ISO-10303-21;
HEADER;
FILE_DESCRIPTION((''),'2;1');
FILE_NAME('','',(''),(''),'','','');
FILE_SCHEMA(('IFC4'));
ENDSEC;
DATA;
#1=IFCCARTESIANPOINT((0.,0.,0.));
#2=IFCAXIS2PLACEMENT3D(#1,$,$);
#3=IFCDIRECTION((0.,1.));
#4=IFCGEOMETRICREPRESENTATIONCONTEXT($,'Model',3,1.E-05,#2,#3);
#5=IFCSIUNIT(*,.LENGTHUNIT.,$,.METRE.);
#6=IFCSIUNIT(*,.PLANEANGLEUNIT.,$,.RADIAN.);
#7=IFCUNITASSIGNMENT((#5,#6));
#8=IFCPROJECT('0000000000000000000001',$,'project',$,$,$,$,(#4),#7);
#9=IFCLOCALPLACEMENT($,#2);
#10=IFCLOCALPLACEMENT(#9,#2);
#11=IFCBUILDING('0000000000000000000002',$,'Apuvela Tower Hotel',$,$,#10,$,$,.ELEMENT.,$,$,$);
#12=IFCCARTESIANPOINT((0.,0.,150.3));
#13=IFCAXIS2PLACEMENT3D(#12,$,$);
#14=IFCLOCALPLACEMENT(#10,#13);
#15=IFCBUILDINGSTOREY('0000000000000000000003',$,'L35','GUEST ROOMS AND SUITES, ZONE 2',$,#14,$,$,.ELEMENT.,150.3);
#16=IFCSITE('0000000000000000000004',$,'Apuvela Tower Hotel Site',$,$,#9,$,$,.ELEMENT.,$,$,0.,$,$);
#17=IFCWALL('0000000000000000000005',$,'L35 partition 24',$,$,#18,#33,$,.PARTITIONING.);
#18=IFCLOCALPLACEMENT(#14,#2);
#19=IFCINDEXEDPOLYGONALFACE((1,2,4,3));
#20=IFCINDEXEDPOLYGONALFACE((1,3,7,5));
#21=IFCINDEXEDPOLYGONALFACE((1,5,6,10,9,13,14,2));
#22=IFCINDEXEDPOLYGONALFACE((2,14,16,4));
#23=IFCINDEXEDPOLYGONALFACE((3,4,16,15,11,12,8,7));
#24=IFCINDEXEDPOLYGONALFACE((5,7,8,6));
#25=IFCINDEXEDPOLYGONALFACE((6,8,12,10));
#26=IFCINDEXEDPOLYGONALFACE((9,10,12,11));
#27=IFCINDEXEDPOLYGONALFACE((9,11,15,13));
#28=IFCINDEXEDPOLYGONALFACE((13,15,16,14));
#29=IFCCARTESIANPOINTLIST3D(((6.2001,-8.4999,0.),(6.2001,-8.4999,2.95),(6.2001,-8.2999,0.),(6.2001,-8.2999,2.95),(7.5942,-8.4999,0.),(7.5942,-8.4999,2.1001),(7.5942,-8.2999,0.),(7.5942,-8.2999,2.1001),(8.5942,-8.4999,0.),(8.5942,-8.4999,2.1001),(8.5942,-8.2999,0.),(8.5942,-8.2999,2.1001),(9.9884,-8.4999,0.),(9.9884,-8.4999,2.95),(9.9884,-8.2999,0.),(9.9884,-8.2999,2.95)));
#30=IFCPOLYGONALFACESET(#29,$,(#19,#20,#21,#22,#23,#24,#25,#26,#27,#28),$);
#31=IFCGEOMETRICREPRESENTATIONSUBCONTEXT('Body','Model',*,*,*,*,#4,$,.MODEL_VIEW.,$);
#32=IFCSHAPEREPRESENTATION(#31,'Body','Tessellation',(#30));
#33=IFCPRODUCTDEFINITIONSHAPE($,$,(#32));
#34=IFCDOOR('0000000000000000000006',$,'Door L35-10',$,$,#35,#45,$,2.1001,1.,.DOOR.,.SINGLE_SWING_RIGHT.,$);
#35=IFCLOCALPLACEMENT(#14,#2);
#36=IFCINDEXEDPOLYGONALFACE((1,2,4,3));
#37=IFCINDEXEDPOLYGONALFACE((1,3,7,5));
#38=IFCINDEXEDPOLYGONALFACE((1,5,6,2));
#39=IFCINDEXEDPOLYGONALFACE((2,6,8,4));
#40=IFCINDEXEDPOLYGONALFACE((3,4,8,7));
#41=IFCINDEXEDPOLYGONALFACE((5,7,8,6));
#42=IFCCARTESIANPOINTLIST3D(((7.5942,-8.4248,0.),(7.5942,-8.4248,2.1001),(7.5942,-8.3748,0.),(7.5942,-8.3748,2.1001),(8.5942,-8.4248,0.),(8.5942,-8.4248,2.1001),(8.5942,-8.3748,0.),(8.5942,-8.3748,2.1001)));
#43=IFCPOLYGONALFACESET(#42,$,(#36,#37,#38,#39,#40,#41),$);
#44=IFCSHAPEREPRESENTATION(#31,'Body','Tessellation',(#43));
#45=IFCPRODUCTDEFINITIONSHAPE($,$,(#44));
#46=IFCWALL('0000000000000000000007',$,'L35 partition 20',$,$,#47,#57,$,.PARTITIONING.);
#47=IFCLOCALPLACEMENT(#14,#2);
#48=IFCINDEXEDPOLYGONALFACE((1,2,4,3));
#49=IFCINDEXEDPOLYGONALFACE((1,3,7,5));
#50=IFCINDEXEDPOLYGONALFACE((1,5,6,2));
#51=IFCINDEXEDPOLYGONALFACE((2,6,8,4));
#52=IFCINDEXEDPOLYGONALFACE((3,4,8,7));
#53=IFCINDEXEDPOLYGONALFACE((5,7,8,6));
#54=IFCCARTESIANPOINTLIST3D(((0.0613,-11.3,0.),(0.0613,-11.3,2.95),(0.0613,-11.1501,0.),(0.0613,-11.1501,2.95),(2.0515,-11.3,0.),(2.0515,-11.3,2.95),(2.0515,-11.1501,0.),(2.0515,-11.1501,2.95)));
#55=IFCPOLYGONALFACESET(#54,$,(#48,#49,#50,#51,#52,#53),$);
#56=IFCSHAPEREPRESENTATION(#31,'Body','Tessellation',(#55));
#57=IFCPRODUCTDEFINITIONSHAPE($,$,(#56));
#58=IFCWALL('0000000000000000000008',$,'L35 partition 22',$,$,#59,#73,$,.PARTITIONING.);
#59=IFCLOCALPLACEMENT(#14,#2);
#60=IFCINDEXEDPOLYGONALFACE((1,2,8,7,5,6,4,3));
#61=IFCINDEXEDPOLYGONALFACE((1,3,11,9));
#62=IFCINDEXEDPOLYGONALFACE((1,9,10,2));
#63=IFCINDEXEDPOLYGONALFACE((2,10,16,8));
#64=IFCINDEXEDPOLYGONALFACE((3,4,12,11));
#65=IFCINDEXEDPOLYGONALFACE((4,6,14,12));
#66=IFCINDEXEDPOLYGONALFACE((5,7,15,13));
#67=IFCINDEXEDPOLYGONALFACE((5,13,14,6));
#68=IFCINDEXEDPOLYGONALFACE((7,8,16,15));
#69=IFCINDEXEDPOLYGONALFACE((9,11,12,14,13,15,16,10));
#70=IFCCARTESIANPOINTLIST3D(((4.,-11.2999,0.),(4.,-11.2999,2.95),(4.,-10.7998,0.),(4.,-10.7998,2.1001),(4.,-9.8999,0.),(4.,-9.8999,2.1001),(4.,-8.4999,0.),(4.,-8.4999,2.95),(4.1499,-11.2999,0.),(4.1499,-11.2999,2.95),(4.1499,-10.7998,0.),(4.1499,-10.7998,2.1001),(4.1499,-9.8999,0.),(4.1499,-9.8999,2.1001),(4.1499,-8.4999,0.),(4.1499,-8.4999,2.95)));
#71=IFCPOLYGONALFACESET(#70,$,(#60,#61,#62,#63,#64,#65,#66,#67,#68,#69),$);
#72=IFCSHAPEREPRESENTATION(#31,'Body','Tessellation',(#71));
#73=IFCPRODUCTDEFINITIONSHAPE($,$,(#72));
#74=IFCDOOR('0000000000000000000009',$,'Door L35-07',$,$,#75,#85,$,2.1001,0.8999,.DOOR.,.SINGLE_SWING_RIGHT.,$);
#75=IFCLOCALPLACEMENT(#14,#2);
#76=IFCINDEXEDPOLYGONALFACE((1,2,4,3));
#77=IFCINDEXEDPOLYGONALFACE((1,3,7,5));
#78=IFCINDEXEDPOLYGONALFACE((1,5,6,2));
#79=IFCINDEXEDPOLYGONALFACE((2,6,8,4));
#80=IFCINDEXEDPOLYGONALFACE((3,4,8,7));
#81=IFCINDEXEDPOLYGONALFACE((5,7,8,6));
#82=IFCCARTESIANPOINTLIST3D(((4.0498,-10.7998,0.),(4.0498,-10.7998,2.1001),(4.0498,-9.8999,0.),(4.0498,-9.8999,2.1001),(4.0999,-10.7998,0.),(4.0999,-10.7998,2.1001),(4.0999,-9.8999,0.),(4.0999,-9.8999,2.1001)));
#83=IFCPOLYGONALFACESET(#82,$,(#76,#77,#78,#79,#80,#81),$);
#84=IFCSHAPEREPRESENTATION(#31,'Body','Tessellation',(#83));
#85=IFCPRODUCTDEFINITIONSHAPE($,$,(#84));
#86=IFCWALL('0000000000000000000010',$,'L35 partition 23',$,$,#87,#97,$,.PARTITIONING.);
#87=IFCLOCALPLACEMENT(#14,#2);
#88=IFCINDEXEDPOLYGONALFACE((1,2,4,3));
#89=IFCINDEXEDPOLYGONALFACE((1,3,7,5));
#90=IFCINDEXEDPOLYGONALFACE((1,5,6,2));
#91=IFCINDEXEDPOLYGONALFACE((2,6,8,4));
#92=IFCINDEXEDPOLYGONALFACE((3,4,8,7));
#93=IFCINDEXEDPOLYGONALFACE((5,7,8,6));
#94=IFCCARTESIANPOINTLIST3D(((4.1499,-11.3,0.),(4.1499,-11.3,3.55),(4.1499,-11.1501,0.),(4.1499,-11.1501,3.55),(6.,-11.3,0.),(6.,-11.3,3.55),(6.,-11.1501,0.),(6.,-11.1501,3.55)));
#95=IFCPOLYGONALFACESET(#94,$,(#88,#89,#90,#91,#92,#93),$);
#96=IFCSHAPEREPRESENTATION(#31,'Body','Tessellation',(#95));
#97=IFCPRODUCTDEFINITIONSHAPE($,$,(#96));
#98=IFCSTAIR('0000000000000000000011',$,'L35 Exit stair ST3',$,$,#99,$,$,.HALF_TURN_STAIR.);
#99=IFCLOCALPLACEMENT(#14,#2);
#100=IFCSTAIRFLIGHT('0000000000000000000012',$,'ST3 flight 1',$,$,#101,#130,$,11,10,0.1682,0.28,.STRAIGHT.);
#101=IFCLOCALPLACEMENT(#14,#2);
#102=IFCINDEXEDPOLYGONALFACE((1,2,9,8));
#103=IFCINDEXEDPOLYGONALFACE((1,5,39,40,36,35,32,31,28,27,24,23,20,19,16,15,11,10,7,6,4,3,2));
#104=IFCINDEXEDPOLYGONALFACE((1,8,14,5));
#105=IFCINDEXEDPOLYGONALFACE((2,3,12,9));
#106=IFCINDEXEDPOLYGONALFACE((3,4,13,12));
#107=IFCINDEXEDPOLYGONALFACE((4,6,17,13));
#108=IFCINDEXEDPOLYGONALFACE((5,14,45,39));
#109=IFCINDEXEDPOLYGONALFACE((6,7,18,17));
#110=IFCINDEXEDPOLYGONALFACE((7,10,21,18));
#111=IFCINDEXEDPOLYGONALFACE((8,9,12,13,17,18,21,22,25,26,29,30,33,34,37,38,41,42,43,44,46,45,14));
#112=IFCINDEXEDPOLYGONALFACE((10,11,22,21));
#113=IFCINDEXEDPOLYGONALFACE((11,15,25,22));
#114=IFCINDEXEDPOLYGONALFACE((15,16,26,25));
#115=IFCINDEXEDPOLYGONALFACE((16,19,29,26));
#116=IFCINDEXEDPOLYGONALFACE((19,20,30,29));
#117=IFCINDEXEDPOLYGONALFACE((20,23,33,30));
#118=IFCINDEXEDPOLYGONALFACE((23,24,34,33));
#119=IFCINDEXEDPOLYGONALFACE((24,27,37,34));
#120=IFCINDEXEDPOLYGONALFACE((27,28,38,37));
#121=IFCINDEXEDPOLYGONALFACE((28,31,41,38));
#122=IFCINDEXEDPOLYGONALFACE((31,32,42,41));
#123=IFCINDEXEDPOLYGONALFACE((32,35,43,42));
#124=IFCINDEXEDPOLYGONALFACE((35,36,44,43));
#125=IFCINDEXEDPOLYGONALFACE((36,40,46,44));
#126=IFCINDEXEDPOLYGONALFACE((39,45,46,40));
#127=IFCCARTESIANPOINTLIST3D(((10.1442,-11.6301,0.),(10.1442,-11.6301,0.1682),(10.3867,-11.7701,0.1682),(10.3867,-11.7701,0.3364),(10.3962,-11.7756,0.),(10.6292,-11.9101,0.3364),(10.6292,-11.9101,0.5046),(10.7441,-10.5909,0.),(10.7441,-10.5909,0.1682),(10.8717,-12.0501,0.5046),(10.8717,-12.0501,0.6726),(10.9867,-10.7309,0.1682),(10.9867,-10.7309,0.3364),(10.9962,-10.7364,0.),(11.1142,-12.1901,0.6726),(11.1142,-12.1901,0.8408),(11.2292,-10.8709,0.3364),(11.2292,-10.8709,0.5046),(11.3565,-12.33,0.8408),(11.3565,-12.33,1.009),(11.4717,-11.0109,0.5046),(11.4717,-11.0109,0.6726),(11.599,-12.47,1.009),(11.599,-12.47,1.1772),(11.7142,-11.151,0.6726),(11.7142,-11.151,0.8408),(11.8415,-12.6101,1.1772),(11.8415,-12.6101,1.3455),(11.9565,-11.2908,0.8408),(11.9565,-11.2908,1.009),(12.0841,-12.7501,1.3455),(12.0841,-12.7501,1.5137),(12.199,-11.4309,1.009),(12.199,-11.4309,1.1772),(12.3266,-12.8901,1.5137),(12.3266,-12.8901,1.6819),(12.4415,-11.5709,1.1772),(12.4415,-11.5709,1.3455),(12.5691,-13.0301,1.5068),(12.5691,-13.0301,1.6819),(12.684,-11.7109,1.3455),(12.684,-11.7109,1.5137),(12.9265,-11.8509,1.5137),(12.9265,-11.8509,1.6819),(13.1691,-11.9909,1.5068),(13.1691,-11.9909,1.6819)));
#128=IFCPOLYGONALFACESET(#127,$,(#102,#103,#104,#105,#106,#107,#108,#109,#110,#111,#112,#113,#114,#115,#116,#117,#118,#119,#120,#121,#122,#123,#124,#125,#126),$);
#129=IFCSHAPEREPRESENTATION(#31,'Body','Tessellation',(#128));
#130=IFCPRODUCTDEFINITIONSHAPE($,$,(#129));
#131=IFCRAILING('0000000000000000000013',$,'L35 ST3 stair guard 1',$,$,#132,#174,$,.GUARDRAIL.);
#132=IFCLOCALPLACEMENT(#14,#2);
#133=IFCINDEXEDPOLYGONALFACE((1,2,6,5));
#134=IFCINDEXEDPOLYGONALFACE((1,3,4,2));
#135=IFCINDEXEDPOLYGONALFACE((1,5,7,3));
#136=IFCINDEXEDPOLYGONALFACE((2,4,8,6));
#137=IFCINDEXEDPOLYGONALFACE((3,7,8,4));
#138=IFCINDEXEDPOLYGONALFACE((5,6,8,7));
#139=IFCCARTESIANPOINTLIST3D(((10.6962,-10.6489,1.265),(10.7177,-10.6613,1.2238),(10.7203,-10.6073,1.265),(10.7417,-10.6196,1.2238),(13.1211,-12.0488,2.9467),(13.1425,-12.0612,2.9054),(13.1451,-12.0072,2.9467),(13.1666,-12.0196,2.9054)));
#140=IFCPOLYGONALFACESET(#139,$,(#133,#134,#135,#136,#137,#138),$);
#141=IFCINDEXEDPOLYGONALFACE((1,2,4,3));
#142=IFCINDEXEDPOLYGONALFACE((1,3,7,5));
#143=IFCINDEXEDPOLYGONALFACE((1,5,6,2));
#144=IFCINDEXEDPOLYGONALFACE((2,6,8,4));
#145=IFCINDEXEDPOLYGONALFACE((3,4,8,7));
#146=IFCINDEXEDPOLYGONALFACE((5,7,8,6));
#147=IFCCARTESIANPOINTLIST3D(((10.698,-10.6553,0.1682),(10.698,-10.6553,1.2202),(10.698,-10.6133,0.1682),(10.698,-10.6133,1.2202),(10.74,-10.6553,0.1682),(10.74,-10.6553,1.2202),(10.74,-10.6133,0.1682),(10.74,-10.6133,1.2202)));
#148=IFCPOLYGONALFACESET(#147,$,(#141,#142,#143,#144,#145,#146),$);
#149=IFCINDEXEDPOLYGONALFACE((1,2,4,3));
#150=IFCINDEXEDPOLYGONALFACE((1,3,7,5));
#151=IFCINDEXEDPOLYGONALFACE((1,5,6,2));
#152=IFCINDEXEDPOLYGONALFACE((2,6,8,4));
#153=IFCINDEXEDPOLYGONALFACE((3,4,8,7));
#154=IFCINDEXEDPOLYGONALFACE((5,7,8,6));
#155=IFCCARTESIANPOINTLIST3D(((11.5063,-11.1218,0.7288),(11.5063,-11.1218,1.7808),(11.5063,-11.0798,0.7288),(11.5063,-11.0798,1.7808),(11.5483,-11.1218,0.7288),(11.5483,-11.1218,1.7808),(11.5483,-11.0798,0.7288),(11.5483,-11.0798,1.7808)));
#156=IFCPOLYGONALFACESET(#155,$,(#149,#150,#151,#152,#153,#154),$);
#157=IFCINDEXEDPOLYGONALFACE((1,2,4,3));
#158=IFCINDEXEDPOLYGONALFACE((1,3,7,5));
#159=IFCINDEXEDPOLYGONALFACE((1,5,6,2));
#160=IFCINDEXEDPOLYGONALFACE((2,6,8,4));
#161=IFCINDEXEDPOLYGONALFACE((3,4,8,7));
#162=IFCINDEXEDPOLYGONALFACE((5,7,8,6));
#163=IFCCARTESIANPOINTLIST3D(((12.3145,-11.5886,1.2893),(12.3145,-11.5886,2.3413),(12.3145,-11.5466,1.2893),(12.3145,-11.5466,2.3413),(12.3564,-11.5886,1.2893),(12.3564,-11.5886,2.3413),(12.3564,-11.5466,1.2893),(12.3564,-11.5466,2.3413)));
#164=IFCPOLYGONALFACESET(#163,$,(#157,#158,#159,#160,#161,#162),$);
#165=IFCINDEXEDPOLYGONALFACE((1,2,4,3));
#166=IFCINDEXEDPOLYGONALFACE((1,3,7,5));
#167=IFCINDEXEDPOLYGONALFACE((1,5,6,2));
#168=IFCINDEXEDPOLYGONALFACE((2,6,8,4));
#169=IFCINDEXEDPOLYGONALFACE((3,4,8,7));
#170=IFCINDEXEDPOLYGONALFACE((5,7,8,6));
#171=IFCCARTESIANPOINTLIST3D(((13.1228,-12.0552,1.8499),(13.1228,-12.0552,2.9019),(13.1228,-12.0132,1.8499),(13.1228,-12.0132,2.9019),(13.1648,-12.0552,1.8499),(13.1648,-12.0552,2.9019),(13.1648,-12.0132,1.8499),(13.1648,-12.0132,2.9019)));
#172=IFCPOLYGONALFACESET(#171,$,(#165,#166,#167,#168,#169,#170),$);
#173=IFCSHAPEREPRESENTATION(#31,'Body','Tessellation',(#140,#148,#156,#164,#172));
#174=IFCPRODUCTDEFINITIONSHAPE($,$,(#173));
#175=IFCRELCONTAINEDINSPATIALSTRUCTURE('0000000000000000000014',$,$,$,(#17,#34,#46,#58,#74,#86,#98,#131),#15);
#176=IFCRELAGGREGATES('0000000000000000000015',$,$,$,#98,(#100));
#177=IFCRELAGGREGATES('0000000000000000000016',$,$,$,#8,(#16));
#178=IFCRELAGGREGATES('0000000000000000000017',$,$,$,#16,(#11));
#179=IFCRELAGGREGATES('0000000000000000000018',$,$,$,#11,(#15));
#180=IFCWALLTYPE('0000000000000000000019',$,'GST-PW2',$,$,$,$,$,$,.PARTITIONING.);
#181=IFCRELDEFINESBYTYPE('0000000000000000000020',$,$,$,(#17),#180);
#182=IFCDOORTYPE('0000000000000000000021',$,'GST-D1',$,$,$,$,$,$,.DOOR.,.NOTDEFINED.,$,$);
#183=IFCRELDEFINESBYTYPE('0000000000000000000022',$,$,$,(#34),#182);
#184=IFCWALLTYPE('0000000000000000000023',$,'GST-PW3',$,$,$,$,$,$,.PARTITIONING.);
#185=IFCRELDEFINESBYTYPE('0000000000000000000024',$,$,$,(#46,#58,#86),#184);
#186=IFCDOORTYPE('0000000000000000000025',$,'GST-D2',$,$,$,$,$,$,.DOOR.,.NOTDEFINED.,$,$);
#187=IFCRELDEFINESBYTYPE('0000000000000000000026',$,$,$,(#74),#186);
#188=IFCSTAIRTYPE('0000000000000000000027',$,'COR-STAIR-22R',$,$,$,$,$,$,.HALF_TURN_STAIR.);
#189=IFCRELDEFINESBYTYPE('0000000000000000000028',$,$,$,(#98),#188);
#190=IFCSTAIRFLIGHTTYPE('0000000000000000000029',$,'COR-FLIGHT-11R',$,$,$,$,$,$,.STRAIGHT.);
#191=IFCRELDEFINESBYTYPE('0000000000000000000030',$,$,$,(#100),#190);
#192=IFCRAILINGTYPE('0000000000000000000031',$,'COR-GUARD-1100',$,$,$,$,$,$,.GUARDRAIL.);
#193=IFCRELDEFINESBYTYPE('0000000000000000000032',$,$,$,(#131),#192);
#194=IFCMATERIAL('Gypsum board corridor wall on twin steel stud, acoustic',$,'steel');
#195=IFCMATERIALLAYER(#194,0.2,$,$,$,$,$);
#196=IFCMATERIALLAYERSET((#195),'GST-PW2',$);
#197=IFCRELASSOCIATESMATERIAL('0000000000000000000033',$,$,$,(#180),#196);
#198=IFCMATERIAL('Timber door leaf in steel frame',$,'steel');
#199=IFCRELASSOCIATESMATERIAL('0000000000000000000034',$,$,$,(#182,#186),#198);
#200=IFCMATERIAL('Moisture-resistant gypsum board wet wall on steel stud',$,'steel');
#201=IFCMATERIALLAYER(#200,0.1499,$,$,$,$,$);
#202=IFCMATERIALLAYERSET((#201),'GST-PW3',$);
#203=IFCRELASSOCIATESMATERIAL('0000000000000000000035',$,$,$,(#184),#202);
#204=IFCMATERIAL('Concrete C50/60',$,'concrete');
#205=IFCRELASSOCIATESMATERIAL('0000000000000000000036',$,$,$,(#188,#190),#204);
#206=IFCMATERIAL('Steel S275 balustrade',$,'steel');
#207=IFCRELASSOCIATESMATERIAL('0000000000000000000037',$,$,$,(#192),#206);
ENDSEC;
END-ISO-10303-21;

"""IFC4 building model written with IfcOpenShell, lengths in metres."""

from ifc_helpers import new_model, si_unit, direction, frame, frame_2d, origin, origin_2d, place, context, subcontext, project, spatial, polyline, rectangle, outline, extrude, material, layer, layer_set, type_object, element, fill, aggregate, save


model = new_model("IFC4")

# Units and contexts
model_context = context("Model", 3, precision=1e-05, world=origin(), true_north=direction((0.0, 1.0)))
body_context = subcontext(model_context, "Body", "Model", "MODEL_VIEW")
ifc_project = project(units=[si_unit("LENGTHUNIT", "METRE"), si_unit("PLANEANGLEUNIT", "RADIAN")], contexts=[model_context])

# Site, building, storey
site_placement = place(None, origin())
site = spatial("IfcSite", under=ifc_project, at=site_placement, Name="Apuvela Tower Hotel Site", CompositionType="ELEMENT", RefElevation=0.0)
building_placement = place(site_placement, origin())
building = spatial("IfcBuilding", under=site, at=building_placement, Name="Apuvela Tower Hotel", CompositionType="ELEMENT")
storey_placement = place(building_placement, frame((0.0, 0.0, 150.3)))
storey = spatial("IfcBuildingStorey", under=building, at=storey_placement, Name="L35", Description="GUEST ROOMS AND SUITES, ZONE 2", CompositionType="ELEMENT", Elevation=150.3)

# Shared definitions
ifc_material_1 = material(Name="Concrete C50/60", Category="concrete")

# Wall, opening, door
ifc_material_2 = material(Name="Gypsum board corridor wall on twin steel stud, acoustic", Category="steel")
ifc_layer_1 = layer(ifc_material_2, 0.2)
ifc_layer_set_1 = layer_set([ifc_layer_1], Name="GST-PW2")
wall_type_1 = type_object("IfcWallType", Name="GST-PW2", PredefinedType="PARTITIONING", material=ifc_layer_set_1)
ifc_material_3 = material(Name="Timber door leaf in steel frame", Category="steel")
door_type_1 = type_object("IfcDoorType", Name="GST-D1", OperationType="NOTDEFINED", PredefinedType="DOOR", material=ifc_material_3)
wall_1_placement = place(storey_placement, frame((9.9883, -8.3999, 0.0), z_axis=(0.0, 0.0, 1.0), x_axis=(-1.0, 0.0, 0.0)))
wall_1 = element("IfcWall", 1, at=wall_1_placement, inside=storey, type_object=wall_type_1, Name="L35 partition 24", PredefinedType="PARTITIONING", context=body_context, shape_type="SweptSolid", body=[
    extrude(rectangle(XDim=3.7883, YDim=0.2, at=frame_2d((1.894, 0.0))), origin(), (0.0, 0.0, 1.0), 2.95),
])
opening_1_placement = place(wall_1_placement, frame((1.394, 0.0, 0.0)))
opening_1 = element("IfcOpeningElement", 2, at=opening_1_placement, cuts=wall_1, PredefinedType="OPENING", context=body_context, shape_type="SweptSolid", body=[
    extrude(rectangle(XDim=1.0, YDim=2.1001, at=frame_2d((0.5, 1.05))), frame((0.0, 0.1099, 0.0), z_axis=(0.0, -1.0, 0.0), x_axis=(1.0, 0.0, 0.0)), (0.0, 0.0, 1.0), 0.22),
])
door_1_placement = place(opening_1_placement, origin())
door_1 = element("IfcDoor", 3, at=door_1_placement, inside=storey, type_object=door_type_1, Name="Door L35-10", OperationType="SINGLE_SWING_RIGHT", OverallHeight=2.1001, OverallWidth=1.0, PredefinedType="DOOR", context=body_context, shape_type="SweptSolid", body=[
    extrude(rectangle(XDim=1.0, YDim=2.1001, at=frame_2d((0.5, 1.05))), frame((0.0, 0.0249, 0.0), z_axis=(0.0, -1.0, 0.0), x_axis=(1.0, 0.0, 0.0)), (0.0, 0.0, 1.0), 0.05),
])
fill(opening_1, door_1)

# Wall
ifc_material_4 = material(Name="Moisture-resistant gypsum board wet wall on steel stud", Category="steel")
ifc_layer_2 = layer(ifc_material_4, 0.1499)
ifc_layer_set_2 = layer_set([ifc_layer_2], Name="GST-PW3")
wall_type_2 = type_object("IfcWallType", Name="GST-PW3", PredefinedType="PARTITIONING", material=ifc_layer_set_2)
wall_2_placement = place(storey_placement, frame((0.0613, -11.2251, 0.0), z_axis=(0.0, 0.0, 1.0), x_axis=(1.0, 0.0, 0.0)))
element("IfcWall", 4, at=wall_2_placement, inside=storey, type_object=wall_type_2, Name="L35 partition 20", PredefinedType="PARTITIONING", context=body_context, shape_type="SweptSolid", body=[
    extrude(rectangle(XDim=1.9902, YDim=0.1499, at=frame_2d((0.9951, 0.0))), origin(), (0.0, 0.0, 1.0), 2.95),
])

# Wall, opening, door
wall_3_placement = place(storey_placement, frame((4.075, -8.5, 0.0), z_axis=(0.0, 0.0, 1.0), x_axis=(0.0, -1.0, 0.0)))
wall_3 = element("IfcWall", 5, at=wall_3_placement, inside=storey, type_object=wall_type_2, Name="L35 partition 22", PredefinedType="PARTITIONING", context=body_context, shape_type="SweptSolid", body=[
    extrude(rectangle(XDim=2.8, YDim=0.1499, at=frame_2d((1.3999, 0.0))), origin(), (0.0, 0.0, 1.0), 2.95),
])
opening_2_placement = place(wall_3_placement, frame((1.3999, 0.0, 0.0)))
opening_2 = element("IfcOpeningElement", 6, at=opening_2_placement, cuts=wall_3, PredefinedType="OPENING", context=body_context, shape_type="SweptSolid", body=[
    extrude(rectangle(XDim=0.8999, YDim=2.1001, at=frame_2d((0.45, 1.05))), frame((0.0, 0.085, 0.0), z_axis=(0.0, -1.0, 0.0), x_axis=(1.0, 0.0, 0.0)), (0.0, 0.0, 1.0), 0.1699),
])
door_type_2 = type_object("IfcDoorType", Name="GST-D2", OperationType="NOTDEFINED", PredefinedType="DOOR", material=ifc_material_3)
door_2_placement = place(opening_2_placement, origin())
door_2 = element("IfcDoor", 7, at=door_2_placement, inside=storey, type_object=door_type_2, Name="Door L35-07", OperationType="SINGLE_SWING_RIGHT", OverallHeight=2.1001, OverallWidth=0.8999, PredefinedType="DOOR", context=body_context, shape_type="SweptSolid", body=[
    extrude(rectangle(XDim=0.8999, YDim=2.1001, at=frame_2d((0.45, 1.05))), frame((0.0, 0.0249, 0.0), z_axis=(0.0, -1.0, 0.0), x_axis=(1.0, 0.0, 0.0)), (0.0, 0.0, 1.0), 0.05),
])
fill(opening_2, door_2)

# Wall
wall_4_placement = place(storey_placement, frame((4.1499, -11.2251, 0.0), z_axis=(0.0, 0.0, 1.0), x_axis=(1.0, 0.0, 0.0)))
element("IfcWall", 8, at=wall_4_placement, inside=storey, type_object=wall_type_2, Name="L35 partition 23", PredefinedType="PARTITIONING", context=body_context, shape_type="SweptSolid", body=[
    extrude(rectangle(XDim=1.8501, YDim=0.1499, at=frame_2d((0.925, 0.0))), origin(), (0.0, 0.0, 1.0), 3.55),
])

# Stair, stair flight
stair_type = type_object("IfcStairType", Name="COR-STAIR-22R", PredefinedType="HALF_TURN_STAIR", material=ifc_material_1)
stair_placement = place(storey_placement, origin())
stair = element("IfcStair", 9, at=stair_placement, inside=storey, type_object=stair_type, Name="L35 Exit stair ST3", PredefinedType="HALF_TURN_STAIR")
stair_flight_type = type_object("IfcStairFlightType", Name="COR-FLIGHT-11R", PredefinedType="STRAIGHT", material=ifc_material_1)
stair_flight_placement = place(storey_placement, frame((10.4441, -11.1106, 0.0), z_axis=(0.0, 0.0, 1.0), x_axis=(0.866025, -0.5, 0.0)))
stair_flight = element("IfcStairFlight", 10, at=stair_flight_placement, type_object=stair_flight_type, Name="ST3 flight 1", NumberOfRisers=11, NumberOfTreads=10, PredefinedType="STRAIGHT", RiserHeight=0.1682, TreadLength=0.28, context=body_context, shape_type="SweptSolid", body=[
    extrude(outline(polyline([(0.0, 0.0), (0.0, 0.1682), (0.28, 0.1682), (0.28, 0.3364), (0.5601, 0.3364), (0.5601, 0.5046), (0.8401, 0.5046), (0.8401, 0.6726), (1.1201, 0.6726), (1.1201, 0.8408), (1.3999, 0.8408), (1.3999, 1.009), (1.6799, 1.009), (1.6799, 1.1772), (1.96, 1.1772), (1.96, 1.3455), (2.24, 1.3455), (2.24, 1.5137), (2.52, 1.5137), (2.52, 1.6819), (2.8, 1.6819), (2.8, 1.8501), (2.8, 1.5068), (0.291, 0.0), (0.0, 0.0)])), frame((0.0, 0.6001, 0.0), z_axis=(0.0, -1.0, 0.0), x_axis=(1.0, 0.0, 0.0)), (0.0, 0.0, 1.0), 1.2),
])
aggregate(stair, [stair_flight])

# Railing
ifc_material_5 = material(Name="Steel S275 balustrade", Category="steel")
railing_type_1 = type_object("IfcRailingType", Name="COR-GUARD-1100", PredefinedType="GUARDRAIL", material=ifc_material_5)
railing_1_placement = place(storey_placement, frame((10.719, -10.6343, 0.1682)))
element("IfcRailing", 11, at=railing_1_placement, inside=storey, type_object=railing_type_1, Name="L35 ST3 stair guard 1", PredefinedType="GUARDRAIL", context=body_context, shape_type="SweptSolid", body=[
    extrude(rectangle(XDim=0.0481, YDim=0.0481, at=origin_2d()), frame((0.0, 0.0, 1.0762), z_axis=(0.742419, -0.428618, 0.514879), x_axis=(0.499984, 0.866035, 0.0)), (0.0, 0.0, 1.0), 3.2661),
    extrude(rectangle(XDim=0.042, YDim=0.042, at=origin_2d()), origin(), (0.0, 0.0, 1.0), 1.052),
    extrude(rectangle(XDim=0.042, YDim=0.042, at=origin_2d()), frame((0.8083, -0.4666, 0.5605)), (0.0, 0.0, 1.0), 1.052),
    extrude(rectangle(XDim=0.042, YDim=0.042, at=origin_2d()), frame((1.6165, -0.9333, 1.1211)), (0.0, 0.0, 1.0), 1.052),
    extrude(rectangle(XDim=0.042, YDim=0.042, at=origin_2d()), frame((2.4248, -1.3999, 1.6816)), (0.0, 0.0, 1.0), 1.052),
])

save(model, "model.ifc")
